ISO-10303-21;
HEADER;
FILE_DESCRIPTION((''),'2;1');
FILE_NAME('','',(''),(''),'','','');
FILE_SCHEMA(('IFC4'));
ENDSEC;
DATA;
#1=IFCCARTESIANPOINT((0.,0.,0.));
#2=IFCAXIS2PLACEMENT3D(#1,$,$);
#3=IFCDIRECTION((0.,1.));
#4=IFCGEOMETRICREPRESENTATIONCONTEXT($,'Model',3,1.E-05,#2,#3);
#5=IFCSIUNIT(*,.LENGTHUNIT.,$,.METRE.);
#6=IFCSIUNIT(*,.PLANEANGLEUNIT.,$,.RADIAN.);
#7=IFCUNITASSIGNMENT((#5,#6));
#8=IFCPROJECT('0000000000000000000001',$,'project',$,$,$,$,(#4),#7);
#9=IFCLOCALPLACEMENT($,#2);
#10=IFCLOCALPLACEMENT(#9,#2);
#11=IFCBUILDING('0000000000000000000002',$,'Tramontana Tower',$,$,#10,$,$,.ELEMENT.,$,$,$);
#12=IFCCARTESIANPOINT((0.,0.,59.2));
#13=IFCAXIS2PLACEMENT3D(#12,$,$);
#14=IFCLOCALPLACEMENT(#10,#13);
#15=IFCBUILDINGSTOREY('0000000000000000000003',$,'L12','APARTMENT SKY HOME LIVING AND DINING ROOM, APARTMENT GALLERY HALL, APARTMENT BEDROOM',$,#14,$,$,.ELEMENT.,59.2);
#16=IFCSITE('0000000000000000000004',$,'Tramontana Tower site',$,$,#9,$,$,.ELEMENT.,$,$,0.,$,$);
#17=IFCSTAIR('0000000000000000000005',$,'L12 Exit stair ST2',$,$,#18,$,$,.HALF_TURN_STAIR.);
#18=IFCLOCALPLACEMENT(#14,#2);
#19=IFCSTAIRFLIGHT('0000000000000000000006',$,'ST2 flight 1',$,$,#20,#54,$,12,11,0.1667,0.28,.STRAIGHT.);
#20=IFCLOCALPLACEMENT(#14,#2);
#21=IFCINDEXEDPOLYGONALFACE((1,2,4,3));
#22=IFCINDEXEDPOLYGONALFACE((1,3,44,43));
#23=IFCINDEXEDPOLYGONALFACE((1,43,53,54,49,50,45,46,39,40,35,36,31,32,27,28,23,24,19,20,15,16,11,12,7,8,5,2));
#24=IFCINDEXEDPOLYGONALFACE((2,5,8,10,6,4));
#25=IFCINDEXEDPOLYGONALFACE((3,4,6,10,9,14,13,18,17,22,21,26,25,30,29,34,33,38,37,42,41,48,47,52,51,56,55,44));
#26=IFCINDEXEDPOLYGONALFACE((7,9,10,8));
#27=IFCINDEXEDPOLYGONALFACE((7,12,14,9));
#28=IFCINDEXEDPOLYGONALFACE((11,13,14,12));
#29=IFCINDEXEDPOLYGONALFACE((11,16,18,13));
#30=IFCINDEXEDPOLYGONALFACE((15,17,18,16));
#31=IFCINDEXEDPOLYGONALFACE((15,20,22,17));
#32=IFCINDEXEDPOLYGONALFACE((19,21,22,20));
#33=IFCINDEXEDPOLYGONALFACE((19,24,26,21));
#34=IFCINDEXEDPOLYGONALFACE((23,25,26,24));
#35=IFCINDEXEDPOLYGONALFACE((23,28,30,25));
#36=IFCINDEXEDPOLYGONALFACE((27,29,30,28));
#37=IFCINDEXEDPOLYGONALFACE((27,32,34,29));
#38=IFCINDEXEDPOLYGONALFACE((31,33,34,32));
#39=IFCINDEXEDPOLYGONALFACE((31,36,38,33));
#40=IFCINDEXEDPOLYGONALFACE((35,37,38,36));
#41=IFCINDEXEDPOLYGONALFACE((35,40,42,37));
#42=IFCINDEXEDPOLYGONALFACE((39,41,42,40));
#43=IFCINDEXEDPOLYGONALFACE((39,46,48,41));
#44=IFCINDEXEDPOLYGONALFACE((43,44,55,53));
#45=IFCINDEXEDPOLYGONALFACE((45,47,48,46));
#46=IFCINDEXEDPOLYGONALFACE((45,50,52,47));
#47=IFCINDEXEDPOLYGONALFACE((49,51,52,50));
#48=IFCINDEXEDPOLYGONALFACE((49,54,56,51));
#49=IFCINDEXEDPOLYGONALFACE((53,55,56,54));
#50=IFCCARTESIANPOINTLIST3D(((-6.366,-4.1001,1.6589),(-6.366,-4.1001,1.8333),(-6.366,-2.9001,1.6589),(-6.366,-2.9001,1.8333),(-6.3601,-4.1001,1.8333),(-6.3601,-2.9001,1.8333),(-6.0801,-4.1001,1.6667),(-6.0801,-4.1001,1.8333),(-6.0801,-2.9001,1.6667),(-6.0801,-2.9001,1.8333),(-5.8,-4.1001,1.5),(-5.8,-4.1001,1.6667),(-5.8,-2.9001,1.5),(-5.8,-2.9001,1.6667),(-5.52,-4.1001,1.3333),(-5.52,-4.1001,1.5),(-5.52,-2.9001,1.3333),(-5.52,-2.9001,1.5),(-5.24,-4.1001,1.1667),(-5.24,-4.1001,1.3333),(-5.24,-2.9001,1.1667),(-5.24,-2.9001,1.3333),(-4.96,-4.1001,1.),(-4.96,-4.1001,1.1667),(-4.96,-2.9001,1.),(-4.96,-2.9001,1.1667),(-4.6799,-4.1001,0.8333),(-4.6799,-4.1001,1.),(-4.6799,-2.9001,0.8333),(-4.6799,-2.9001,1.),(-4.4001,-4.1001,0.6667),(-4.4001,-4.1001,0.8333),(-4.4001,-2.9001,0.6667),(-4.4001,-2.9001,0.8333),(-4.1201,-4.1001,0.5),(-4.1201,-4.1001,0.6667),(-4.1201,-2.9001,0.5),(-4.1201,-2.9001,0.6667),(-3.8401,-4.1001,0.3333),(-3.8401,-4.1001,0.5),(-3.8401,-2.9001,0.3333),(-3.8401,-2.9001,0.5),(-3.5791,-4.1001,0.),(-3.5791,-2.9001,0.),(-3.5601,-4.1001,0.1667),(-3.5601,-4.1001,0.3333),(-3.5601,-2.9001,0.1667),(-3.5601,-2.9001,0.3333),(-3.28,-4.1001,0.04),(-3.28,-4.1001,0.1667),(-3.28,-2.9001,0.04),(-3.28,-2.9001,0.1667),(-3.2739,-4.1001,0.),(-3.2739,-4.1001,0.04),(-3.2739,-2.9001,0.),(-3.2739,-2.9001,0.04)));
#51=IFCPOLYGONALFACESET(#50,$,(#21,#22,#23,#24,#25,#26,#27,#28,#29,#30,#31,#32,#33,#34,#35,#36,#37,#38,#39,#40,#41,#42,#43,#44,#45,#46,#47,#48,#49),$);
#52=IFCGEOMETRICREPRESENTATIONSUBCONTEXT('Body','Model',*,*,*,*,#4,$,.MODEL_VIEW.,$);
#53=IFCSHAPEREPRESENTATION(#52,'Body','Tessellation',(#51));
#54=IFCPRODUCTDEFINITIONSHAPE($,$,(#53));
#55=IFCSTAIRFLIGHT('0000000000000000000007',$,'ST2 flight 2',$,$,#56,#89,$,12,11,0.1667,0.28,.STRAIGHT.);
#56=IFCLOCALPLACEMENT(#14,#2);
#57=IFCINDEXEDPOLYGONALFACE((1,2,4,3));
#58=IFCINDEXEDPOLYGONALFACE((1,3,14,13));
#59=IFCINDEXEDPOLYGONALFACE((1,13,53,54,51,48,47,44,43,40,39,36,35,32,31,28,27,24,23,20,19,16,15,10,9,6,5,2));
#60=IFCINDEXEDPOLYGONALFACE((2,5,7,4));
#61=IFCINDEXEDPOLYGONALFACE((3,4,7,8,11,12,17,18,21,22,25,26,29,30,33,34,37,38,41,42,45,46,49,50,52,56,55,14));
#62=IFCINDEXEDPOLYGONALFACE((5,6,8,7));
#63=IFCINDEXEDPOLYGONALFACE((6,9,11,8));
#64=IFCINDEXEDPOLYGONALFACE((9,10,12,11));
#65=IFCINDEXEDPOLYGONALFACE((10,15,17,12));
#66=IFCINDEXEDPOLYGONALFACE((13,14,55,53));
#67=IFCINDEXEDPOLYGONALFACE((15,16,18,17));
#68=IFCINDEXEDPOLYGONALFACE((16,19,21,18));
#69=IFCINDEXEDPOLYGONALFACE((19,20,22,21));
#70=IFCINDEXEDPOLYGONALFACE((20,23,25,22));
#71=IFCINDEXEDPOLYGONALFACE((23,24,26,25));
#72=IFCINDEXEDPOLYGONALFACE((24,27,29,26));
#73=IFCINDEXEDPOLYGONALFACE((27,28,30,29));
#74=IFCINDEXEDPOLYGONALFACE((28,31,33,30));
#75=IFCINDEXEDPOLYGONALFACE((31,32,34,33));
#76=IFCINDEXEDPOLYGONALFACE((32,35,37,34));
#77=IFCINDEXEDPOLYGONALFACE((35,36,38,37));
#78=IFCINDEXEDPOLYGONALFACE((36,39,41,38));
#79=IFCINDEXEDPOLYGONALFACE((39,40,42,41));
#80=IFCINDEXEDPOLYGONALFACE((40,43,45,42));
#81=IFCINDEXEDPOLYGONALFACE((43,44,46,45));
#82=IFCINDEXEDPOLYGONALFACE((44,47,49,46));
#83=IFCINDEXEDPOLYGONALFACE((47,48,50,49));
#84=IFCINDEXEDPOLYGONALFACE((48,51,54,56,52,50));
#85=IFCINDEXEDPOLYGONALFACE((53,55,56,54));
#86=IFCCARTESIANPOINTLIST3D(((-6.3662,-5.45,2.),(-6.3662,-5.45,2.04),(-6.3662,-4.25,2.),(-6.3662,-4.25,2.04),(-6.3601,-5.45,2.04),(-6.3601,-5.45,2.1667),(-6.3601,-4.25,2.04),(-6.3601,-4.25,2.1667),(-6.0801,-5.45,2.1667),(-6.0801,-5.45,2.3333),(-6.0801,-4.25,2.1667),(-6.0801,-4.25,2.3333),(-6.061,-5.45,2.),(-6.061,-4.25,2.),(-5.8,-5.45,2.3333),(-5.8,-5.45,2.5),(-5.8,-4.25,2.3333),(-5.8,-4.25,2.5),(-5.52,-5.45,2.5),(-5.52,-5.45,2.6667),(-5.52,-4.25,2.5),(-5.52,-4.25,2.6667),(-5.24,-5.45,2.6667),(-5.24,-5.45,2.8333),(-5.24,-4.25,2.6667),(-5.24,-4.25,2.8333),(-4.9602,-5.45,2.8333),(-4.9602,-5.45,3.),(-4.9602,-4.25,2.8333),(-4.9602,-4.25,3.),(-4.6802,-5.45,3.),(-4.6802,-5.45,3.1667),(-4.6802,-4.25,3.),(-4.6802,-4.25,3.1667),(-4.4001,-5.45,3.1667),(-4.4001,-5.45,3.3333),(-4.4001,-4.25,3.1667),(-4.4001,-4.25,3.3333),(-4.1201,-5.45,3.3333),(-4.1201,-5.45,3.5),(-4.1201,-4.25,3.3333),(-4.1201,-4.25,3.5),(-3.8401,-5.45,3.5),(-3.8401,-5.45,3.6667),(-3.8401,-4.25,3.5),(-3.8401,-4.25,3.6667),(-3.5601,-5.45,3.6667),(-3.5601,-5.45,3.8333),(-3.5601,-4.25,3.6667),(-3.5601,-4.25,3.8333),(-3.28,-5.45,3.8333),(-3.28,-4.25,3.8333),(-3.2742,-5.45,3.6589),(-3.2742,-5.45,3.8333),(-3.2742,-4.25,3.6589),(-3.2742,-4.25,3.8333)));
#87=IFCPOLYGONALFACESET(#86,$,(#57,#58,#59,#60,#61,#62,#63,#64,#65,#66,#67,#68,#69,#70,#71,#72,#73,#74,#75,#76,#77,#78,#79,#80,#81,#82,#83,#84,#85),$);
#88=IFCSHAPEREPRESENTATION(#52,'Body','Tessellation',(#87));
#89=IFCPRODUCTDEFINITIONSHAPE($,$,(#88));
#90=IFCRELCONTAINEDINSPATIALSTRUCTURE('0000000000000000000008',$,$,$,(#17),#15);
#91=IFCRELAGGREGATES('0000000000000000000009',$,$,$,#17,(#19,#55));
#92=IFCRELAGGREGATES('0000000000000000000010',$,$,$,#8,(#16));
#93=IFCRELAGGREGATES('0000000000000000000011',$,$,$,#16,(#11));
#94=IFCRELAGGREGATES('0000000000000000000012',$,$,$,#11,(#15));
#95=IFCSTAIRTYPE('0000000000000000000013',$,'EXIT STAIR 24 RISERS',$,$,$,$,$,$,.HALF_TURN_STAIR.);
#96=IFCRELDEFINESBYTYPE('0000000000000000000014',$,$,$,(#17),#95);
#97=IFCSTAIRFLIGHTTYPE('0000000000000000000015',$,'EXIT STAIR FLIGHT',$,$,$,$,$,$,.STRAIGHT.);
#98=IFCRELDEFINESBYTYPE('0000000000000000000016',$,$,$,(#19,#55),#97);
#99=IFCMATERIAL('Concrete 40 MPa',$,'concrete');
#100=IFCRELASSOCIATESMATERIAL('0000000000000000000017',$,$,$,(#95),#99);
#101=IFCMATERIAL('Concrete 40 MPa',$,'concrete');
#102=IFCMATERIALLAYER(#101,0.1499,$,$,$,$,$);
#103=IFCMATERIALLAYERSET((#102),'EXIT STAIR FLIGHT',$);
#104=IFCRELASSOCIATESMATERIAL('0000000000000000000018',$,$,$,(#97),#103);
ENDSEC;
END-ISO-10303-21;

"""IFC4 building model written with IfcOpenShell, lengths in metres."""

from ifc_helpers import new_model, si_unit, direction, frame, origin, place, context, subcontext, project, spatial, polyline, outline, extrude, material, layer, layer_set, type_object, element, aggregate, save


model = new_model("IFC4")

# Units and contexts
model_context = context("Model", 3, precision=1e-05, world=origin(), true_north=direction((0.0, 1.0)))
body_context = subcontext(model_context, "Body", "Model", "MODEL_VIEW")
ifc_project = project(units=[si_unit("LENGTHUNIT", "METRE"), si_unit("PLANEANGLEUNIT", "RADIAN")], contexts=[model_context])

# Site, building, storey
site_placement = place(None, origin())
site = spatial("IfcSite", under=ifc_project, at=site_placement, Name="Tramontana Tower site", CompositionType="ELEMENT", RefElevation=0.0)
building_placement = place(site_placement, origin())
building = spatial("IfcBuilding", under=site, at=building_placement, Name="Tramontana Tower", CompositionType="ELEMENT")
storey_placement = place(building_placement, frame((0.0, 0.0, 59.2)))
storey = spatial("IfcBuildingStorey", under=building, at=storey_placement, Name="L12", Description="APARTMENT SKY HOME LIVING AND DINING ROOM, APARTMENT GALLERY HALL, APARTMENT BEDROOM", CompositionType="ELEMENT", Elevation=59.2)

# Stair, stair flights
ifc_material_1 = material(Name="Concrete 40 MPa", Category="concrete")
stair_type = type_object("IfcStairType", Name="EXIT STAIR 24 RISERS", PredefinedType="HALF_TURN_STAIR", material=ifc_material_1)
stair_placement = place(storey_placement, origin())
stair = element("IfcStair", 1, at=stair_placement, inside=storey, type_object=stair_type, Name="L12 Exit stair ST2", PredefinedType="HALF_TURN_STAIR")
ifc_material_2 = material(Name="Concrete 40 MPa", Category="concrete")
ifc_layer_1 = layer(ifc_material_2, 0.1499)
ifc_layer_set_1 = layer_set([ifc_layer_1], Name="EXIT STAIR FLIGHT")
stair_flight_type = type_object("IfcStairFlightType", Name="EXIT STAIR FLIGHT", PredefinedType="STRAIGHT", material=ifc_layer_set_1)
stair_flight_1_placement = place(storey_placement, frame((-3.28, -3.5, 0.0), z_axis=(0.0, 0.0, 1.0), x_axis=(-1.0, 0.0, 0.0)))
stair_flight_1 = element("IfcStairFlight", 2, at=stair_flight_1_placement, type_object=stair_flight_type, Name="ST2 flight 1", NumberOfRisers=12, NumberOfTreads=11, PredefinedType="STRAIGHT", RiserHeight=0.1667, TreadLength=0.28, context=body_context, shape_type="SweptSolid", body=[
    extrude(outline(polyline([(-0.0061, 0.0), (-0.0061, 0.04), (0.0, 0.04), (0.0, 0.1667), (0.28, 0.1667), (0.28, 0.3333), (0.5601, 0.3333), (0.5601, 0.5), (0.8401, 0.5), (0.8401, 0.6667), (1.1201, 0.6667), (1.1201, 0.8333), (1.3999, 0.8333), (1.3999, 1.0), (1.6799, 1.0), (1.6799, 1.1667), (1.96, 1.1667), (1.96, 1.3333), (2.24, 1.3333), (2.24, 1.5), (2.52, 1.5), (2.52, 1.6667), (2.8, 1.6667), (2.8, 1.8333), (3.0801, 1.8333), (3.0859, 1.8333), (3.0859, 1.6589), (0.2991, 0.0), (-0.0061, 0.0)])), frame((0.0, 0.6001, 0.0), z_axis=(0.0, -1.0, 0.0), x_axis=(1.0, 0.0, 0.0)), (0.0, 0.0, 1.0), 1.2),
])
stair_flight_2_placement = place(storey_placement, frame((-6.3601, -4.8501, 2.0), z_axis=(0.0, 0.0, 1.0), x_axis=(1.0, 0.0, 0.0)))
stair_flight_2 = element("IfcStairFlight", 3, at=stair_flight_2_placement, type_object=stair_flight_type, Name="ST2 flight 2", NumberOfRisers=12, NumberOfTreads=11, PredefinedType="STRAIGHT", RiserHeight=0.1667, TreadLength=0.28, context=body_context, shape_type="SweptSolid", body=[
    extrude(outline(polyline([(-0.0061, 0.0), (-0.0061, 0.04), (0.0, 0.04), (0.0, 0.1667), (0.28, 0.1667), (0.28, 0.3333), (0.5601, 0.3333), (0.5601, 0.5), (0.8401, 0.5), (0.8401, 0.6667), (1.1201, 0.6667), (1.1201, 0.8333), (1.3999, 0.8333), (1.3999, 1.0), (1.6799, 1.0), (1.6799, 1.1667), (1.96, 1.1667), (1.96, 1.3333), (2.24, 1.3333), (2.24, 1.5), (2.52, 1.5), (2.52, 1.6667), (2.8, 1.6667), (2.8, 1.8333), (3.0801, 1.8333), (3.0859, 1.8333), (3.0859, 1.6589), (0.2991, 0.0), (-0.0061, 0.0)])), frame((0.0, 0.6001, 0.0), z_axis=(0.0, -1.0, 0.0), x_axis=(1.0, 0.0, 0.0)), (0.0, 0.0, 1.0), 1.2),
])
aggregate(stair, [stair_flight_1, stair_flight_2])

save(model, "model.ifc")
